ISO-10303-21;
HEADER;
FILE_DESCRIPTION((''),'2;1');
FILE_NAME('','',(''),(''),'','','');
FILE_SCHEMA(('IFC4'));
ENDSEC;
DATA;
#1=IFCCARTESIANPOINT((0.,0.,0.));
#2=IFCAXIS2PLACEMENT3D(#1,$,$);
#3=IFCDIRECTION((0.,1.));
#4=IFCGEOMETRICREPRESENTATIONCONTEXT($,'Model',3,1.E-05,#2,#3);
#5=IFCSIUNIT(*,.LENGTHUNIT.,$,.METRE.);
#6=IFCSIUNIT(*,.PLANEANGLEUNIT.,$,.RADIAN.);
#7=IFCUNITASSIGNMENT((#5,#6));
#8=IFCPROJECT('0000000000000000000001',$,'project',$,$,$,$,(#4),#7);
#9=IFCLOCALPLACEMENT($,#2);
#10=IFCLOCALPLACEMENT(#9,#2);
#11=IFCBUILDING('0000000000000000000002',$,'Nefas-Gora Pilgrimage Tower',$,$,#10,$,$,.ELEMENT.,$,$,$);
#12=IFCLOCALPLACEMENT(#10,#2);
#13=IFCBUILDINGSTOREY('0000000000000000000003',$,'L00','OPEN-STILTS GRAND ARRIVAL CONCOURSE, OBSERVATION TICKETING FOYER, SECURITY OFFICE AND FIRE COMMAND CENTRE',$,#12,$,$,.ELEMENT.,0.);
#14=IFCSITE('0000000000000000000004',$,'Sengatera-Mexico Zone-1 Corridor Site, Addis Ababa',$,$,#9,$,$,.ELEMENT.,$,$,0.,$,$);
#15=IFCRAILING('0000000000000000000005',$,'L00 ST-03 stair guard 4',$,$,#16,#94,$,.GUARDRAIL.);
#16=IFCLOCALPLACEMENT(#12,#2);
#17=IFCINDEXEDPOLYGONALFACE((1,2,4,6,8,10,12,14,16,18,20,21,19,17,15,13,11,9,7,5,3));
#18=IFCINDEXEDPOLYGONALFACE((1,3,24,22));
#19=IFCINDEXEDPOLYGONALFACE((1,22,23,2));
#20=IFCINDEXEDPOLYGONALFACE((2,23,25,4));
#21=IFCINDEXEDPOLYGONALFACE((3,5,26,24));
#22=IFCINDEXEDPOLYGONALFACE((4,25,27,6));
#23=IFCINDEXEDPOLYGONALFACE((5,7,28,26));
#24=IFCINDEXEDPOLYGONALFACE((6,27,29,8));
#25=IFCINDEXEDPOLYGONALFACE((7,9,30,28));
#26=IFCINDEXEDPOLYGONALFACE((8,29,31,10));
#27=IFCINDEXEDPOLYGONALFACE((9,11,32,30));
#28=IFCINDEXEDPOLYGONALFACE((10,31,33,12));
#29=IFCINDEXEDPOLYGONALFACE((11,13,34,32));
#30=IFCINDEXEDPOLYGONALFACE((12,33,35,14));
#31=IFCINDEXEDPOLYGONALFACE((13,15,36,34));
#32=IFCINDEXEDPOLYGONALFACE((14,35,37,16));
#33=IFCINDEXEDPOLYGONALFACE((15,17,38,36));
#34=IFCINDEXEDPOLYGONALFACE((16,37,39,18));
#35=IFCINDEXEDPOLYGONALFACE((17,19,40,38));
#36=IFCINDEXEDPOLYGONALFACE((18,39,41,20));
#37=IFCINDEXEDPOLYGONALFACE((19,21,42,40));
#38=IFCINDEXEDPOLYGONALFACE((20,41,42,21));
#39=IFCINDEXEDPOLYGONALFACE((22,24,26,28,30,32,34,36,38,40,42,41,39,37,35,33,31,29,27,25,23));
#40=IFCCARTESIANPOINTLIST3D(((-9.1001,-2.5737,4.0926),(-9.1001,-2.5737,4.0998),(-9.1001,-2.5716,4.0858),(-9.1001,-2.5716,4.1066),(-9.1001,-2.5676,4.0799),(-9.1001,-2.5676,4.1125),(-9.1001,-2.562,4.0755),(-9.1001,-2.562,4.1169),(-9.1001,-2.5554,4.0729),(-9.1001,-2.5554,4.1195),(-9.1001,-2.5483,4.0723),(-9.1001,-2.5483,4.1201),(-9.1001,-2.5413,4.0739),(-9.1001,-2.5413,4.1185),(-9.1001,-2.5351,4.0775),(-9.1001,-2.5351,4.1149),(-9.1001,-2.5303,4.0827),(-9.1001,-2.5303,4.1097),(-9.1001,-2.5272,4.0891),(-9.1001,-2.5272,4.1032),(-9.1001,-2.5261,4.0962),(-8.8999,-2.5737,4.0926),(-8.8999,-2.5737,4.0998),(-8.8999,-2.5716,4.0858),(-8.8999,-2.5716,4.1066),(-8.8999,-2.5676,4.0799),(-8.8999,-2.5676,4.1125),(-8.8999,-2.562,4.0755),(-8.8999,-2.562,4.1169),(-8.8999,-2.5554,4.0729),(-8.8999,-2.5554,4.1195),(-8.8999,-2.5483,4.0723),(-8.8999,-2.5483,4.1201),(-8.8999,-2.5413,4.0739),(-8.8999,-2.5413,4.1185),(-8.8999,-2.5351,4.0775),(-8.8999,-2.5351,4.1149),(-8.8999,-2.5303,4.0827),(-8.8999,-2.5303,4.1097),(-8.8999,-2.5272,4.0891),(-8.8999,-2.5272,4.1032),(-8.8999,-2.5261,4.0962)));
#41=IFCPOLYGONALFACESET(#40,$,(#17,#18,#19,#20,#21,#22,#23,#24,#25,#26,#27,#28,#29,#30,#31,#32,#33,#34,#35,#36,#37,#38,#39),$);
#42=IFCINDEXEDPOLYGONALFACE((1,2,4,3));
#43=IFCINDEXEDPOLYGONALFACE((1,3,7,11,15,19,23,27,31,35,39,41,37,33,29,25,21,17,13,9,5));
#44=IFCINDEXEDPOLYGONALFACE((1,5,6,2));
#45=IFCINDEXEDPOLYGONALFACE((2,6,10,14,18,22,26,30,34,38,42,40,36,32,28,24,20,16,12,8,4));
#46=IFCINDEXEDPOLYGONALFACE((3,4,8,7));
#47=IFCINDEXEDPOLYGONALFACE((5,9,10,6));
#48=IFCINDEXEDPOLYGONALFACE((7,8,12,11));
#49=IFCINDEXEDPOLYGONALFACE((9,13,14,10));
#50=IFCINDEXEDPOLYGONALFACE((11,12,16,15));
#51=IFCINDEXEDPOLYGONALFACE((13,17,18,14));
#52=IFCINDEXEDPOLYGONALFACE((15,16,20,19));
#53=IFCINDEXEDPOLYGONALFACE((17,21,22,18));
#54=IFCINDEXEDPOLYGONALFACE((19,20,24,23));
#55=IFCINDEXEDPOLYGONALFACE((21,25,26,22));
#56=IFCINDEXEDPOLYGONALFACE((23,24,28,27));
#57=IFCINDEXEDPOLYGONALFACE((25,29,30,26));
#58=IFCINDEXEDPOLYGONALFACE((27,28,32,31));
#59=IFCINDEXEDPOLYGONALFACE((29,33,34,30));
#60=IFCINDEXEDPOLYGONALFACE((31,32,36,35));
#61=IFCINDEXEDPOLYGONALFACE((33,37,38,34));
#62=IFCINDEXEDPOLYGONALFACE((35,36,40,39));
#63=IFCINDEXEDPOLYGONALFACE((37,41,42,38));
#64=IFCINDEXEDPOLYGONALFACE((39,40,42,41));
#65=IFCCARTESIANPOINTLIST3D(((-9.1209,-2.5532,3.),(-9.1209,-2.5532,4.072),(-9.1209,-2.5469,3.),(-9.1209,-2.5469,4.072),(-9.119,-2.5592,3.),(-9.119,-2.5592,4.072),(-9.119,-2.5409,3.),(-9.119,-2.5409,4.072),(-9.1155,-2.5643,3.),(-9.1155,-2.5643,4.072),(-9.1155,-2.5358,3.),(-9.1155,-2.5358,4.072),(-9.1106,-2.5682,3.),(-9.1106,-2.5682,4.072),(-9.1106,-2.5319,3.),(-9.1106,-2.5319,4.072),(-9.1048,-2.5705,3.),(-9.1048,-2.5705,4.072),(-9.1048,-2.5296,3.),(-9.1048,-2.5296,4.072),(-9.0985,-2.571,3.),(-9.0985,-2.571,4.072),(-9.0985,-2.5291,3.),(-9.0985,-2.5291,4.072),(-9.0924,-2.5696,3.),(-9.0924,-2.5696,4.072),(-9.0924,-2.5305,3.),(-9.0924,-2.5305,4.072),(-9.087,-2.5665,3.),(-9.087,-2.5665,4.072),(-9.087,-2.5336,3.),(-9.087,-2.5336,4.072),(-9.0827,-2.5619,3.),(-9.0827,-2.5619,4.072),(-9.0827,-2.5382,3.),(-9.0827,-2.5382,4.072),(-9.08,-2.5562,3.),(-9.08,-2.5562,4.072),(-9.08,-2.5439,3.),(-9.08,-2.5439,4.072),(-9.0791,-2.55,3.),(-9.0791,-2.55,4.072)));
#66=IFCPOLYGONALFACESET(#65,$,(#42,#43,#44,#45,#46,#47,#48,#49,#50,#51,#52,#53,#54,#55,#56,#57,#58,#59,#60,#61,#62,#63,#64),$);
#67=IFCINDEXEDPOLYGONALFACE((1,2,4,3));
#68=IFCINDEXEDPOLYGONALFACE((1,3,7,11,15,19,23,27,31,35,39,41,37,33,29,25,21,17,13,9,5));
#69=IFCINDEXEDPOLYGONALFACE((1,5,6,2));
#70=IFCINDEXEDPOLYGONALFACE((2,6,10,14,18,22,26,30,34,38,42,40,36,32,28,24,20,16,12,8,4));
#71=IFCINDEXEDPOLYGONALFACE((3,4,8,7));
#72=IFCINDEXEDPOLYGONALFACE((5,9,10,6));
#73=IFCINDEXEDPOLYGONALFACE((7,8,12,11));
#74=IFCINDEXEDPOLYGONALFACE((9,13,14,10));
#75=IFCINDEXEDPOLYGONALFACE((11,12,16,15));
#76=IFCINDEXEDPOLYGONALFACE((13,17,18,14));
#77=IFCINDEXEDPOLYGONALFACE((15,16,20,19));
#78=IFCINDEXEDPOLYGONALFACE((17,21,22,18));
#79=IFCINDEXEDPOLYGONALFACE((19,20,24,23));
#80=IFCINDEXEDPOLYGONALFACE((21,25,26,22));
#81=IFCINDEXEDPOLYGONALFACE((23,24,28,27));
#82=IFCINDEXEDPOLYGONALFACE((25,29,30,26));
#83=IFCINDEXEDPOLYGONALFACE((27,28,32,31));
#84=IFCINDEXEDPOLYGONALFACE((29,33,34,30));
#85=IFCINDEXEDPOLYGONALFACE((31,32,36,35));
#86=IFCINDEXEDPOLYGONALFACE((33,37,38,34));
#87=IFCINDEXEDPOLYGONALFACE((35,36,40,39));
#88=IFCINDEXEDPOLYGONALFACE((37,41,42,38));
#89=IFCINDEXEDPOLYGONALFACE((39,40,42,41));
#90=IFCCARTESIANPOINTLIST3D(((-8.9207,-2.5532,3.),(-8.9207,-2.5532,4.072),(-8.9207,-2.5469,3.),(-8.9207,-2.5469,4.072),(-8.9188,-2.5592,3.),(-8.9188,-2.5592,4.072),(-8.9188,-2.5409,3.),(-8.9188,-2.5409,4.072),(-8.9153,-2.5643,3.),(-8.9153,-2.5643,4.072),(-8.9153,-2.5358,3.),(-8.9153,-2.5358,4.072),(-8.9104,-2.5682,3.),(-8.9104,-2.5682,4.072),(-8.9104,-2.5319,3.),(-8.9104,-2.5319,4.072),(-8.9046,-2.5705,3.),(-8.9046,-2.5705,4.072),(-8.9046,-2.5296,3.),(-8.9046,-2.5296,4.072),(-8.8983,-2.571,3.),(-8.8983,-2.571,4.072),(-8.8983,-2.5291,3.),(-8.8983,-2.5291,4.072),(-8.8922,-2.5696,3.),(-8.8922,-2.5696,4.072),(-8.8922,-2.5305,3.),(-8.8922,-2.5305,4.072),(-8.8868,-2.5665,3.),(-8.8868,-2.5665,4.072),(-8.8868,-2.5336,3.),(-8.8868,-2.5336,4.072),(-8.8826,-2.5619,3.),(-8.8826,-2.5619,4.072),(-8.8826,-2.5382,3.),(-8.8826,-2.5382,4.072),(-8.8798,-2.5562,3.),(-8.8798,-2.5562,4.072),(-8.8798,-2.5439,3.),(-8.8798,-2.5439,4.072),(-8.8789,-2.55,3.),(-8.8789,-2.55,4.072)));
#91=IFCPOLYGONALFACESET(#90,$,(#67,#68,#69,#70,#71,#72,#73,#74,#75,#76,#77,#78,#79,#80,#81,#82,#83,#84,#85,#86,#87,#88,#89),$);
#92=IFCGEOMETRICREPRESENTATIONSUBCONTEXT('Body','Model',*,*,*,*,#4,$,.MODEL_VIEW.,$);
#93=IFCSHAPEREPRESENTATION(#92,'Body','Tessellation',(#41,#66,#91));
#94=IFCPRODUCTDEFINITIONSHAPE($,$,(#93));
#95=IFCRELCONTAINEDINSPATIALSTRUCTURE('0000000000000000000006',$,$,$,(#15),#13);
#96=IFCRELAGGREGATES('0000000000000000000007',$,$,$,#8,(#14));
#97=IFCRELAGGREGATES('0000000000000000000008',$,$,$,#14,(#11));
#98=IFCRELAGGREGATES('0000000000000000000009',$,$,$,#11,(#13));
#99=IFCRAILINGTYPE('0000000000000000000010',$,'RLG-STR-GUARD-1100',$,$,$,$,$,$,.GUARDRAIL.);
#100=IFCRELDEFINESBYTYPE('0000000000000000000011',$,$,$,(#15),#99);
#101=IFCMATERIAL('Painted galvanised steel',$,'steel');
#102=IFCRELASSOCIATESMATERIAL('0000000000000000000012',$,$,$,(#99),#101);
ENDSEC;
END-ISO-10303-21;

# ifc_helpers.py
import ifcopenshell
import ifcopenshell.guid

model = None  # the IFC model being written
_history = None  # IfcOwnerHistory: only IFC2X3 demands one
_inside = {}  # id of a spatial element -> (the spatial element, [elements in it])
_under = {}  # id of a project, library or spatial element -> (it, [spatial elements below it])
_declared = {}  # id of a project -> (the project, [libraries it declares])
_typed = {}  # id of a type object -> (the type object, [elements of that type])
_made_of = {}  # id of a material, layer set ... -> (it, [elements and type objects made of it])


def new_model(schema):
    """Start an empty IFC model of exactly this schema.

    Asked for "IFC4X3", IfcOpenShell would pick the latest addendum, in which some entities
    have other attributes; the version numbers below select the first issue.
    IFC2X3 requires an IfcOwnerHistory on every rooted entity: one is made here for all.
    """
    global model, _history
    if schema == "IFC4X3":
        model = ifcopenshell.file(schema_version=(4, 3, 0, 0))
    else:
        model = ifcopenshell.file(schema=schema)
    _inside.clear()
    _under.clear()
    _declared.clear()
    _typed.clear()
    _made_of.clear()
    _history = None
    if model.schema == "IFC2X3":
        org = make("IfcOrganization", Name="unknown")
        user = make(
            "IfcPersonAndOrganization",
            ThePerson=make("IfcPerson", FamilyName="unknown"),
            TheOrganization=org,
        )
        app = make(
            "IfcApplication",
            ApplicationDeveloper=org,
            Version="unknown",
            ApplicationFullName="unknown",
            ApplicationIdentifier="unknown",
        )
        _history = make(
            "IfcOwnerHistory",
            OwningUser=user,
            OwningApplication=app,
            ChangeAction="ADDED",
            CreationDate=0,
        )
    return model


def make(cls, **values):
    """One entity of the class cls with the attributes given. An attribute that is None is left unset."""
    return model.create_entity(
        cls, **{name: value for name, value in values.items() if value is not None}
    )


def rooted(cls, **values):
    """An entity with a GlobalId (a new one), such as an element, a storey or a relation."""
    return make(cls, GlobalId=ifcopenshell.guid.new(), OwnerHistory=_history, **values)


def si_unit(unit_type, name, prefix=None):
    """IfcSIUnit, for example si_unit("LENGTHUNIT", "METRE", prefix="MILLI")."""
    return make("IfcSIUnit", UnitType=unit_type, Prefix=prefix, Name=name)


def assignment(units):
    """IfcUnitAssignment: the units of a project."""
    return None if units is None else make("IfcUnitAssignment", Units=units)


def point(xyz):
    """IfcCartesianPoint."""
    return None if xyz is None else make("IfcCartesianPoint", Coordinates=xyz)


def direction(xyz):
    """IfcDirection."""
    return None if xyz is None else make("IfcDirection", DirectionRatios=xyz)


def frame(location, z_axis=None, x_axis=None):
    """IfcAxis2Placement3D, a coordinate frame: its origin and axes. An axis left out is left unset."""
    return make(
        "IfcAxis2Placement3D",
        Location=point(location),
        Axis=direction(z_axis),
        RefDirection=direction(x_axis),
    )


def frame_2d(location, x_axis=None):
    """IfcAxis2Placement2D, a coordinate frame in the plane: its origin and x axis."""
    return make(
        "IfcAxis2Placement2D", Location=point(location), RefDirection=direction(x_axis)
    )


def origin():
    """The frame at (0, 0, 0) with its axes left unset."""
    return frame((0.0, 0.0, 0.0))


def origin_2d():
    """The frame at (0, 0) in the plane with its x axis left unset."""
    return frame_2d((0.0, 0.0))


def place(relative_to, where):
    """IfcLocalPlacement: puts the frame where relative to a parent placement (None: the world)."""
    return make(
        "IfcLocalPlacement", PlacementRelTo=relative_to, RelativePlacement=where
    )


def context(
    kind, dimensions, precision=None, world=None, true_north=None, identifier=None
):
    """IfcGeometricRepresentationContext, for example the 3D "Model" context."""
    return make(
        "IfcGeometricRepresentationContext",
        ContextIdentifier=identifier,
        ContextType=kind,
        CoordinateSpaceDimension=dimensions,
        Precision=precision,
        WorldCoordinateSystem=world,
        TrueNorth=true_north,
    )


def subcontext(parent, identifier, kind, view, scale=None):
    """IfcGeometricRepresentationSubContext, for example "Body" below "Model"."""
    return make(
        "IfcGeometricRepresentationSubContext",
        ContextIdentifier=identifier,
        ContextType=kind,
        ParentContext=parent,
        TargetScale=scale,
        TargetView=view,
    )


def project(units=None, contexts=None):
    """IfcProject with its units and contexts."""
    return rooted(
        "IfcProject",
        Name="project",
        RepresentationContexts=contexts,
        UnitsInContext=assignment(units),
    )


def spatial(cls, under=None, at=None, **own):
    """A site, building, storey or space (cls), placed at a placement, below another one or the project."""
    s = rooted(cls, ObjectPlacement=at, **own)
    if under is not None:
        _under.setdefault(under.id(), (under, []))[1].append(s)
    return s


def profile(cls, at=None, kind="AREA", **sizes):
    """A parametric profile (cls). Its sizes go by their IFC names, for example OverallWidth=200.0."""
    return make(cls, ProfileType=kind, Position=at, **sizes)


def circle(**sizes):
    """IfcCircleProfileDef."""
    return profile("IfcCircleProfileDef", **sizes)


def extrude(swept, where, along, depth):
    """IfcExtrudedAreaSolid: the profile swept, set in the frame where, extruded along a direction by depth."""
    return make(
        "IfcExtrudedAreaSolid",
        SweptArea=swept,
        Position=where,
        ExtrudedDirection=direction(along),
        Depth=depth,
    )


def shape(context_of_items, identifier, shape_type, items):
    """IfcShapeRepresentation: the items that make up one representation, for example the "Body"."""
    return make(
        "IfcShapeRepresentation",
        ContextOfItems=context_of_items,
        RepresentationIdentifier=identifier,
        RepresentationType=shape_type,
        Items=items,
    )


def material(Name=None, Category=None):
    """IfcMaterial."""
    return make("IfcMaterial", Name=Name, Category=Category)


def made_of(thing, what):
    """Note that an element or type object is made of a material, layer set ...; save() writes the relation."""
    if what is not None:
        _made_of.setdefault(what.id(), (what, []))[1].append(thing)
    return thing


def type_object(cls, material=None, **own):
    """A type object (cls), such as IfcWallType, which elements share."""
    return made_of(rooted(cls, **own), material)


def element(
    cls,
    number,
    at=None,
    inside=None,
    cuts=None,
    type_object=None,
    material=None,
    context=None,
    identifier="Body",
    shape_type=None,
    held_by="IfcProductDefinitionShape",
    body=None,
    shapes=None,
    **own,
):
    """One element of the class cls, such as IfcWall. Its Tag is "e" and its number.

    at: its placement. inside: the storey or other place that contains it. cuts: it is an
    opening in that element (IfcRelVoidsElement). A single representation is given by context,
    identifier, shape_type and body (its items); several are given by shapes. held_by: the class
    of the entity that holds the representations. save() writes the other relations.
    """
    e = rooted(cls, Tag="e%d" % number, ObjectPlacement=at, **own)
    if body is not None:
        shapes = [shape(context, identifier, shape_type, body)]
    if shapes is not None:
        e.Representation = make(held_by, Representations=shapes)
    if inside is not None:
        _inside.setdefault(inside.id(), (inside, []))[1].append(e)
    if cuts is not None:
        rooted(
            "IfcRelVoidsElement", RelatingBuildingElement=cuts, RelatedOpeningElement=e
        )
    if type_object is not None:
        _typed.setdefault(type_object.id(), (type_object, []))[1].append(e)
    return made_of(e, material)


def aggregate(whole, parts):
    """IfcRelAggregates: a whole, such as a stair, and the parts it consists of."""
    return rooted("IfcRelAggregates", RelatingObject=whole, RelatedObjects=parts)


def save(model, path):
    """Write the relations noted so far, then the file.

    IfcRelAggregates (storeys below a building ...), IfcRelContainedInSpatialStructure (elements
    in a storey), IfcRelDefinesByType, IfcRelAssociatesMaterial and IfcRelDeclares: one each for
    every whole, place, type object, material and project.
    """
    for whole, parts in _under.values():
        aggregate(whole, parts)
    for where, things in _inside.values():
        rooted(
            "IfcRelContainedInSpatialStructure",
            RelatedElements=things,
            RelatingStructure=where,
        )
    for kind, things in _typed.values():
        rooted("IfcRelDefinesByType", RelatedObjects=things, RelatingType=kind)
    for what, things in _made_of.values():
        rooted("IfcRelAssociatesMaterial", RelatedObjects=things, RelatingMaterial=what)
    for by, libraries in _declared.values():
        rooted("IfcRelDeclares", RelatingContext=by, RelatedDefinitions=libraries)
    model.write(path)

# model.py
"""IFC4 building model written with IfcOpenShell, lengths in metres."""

from ifc_helpers import new_model, si_unit, direction, frame, origin, origin_2d, place, context, subcontext, project, spatial, circle, extrude, material, type_object, element, save


model = new_model("IFC4")

# Units and contexts
model_context = context("Model", 3, precision=1e-05, world=origin(), true_north=direction((0.0, 1.0)))
body_context = subcontext(model_context, "Body", "Model", "MODEL_VIEW")
ifc_project = project(units=[si_unit("LENGTHUNIT", "METRE"), si_unit("PLANEANGLEUNIT", "RADIAN")], contexts=[model_context])

# Site, building, storey
site_placement = place(None, origin())
site = spatial("IfcSite", under=ifc_project, at=site_placement, Name="Sengatera-Mexico Zone-1 Corridor Site, Addis Ababa", CompositionType="ELEMENT", RefElevation=0.0)
building_placement = place(site_placement, origin())
building = spatial("IfcBuilding", under=site, at=building_placement, Name="Nefas-Gora Pilgrimage Tower", CompositionType="ELEMENT")
storey_placement = place(building_placement, origin())
storey = spatial("IfcBuildingStorey", under=building, at=storey_placement, Name="L00", Description="OPEN-STILTS GRAND ARRIVAL CONCOURSE, OBSERVATION TICKETING FOYER, SECURITY OFFICE AND FIRE COMMAND CENTRE", CompositionType="ELEMENT", Elevation=0.0)

# Railing
ifc_material_1 = material(Name="Painted galvanised steel", Category="steel")
railing_type_1 = type_object("IfcRailingType", Name="RLG-STR-GUARD-1100", PredefinedType="GUARDRAIL", material=ifc_material_1)
railing_1_placement = place(storey_placement, frame((-9.1001, -2.55, 3.0)))
element("IfcRailing", 1, at=railing_1_placement, inside=storey, type_object=railing_type_1, Name="L00 ST-03 stair guard 4", PredefinedType="GUARDRAIL", context=body_context, shape_type="SweptSolid", body=[
    extrude(circle(Radius=0.0239, at=origin_2d()), frame((0.0, 0.0, 1.0962), z_axis=(1.0, 0.0, 0.0), x_axis=(0.0, 1.0, 0.0)), (0.0, 0.0, 1.0), 0.2002),
    extrude(circle(Radius=0.021, at=origin_2d()), origin(), (0.0, 0.0, 1.0), 1.072),
    extrude(circle(Radius=0.021, at=origin_2d()), frame((0.2002, 0.0, 0.0)), (0.0, 0.0, 1.0), 1.072),
])

save(model, "model.ifc")
